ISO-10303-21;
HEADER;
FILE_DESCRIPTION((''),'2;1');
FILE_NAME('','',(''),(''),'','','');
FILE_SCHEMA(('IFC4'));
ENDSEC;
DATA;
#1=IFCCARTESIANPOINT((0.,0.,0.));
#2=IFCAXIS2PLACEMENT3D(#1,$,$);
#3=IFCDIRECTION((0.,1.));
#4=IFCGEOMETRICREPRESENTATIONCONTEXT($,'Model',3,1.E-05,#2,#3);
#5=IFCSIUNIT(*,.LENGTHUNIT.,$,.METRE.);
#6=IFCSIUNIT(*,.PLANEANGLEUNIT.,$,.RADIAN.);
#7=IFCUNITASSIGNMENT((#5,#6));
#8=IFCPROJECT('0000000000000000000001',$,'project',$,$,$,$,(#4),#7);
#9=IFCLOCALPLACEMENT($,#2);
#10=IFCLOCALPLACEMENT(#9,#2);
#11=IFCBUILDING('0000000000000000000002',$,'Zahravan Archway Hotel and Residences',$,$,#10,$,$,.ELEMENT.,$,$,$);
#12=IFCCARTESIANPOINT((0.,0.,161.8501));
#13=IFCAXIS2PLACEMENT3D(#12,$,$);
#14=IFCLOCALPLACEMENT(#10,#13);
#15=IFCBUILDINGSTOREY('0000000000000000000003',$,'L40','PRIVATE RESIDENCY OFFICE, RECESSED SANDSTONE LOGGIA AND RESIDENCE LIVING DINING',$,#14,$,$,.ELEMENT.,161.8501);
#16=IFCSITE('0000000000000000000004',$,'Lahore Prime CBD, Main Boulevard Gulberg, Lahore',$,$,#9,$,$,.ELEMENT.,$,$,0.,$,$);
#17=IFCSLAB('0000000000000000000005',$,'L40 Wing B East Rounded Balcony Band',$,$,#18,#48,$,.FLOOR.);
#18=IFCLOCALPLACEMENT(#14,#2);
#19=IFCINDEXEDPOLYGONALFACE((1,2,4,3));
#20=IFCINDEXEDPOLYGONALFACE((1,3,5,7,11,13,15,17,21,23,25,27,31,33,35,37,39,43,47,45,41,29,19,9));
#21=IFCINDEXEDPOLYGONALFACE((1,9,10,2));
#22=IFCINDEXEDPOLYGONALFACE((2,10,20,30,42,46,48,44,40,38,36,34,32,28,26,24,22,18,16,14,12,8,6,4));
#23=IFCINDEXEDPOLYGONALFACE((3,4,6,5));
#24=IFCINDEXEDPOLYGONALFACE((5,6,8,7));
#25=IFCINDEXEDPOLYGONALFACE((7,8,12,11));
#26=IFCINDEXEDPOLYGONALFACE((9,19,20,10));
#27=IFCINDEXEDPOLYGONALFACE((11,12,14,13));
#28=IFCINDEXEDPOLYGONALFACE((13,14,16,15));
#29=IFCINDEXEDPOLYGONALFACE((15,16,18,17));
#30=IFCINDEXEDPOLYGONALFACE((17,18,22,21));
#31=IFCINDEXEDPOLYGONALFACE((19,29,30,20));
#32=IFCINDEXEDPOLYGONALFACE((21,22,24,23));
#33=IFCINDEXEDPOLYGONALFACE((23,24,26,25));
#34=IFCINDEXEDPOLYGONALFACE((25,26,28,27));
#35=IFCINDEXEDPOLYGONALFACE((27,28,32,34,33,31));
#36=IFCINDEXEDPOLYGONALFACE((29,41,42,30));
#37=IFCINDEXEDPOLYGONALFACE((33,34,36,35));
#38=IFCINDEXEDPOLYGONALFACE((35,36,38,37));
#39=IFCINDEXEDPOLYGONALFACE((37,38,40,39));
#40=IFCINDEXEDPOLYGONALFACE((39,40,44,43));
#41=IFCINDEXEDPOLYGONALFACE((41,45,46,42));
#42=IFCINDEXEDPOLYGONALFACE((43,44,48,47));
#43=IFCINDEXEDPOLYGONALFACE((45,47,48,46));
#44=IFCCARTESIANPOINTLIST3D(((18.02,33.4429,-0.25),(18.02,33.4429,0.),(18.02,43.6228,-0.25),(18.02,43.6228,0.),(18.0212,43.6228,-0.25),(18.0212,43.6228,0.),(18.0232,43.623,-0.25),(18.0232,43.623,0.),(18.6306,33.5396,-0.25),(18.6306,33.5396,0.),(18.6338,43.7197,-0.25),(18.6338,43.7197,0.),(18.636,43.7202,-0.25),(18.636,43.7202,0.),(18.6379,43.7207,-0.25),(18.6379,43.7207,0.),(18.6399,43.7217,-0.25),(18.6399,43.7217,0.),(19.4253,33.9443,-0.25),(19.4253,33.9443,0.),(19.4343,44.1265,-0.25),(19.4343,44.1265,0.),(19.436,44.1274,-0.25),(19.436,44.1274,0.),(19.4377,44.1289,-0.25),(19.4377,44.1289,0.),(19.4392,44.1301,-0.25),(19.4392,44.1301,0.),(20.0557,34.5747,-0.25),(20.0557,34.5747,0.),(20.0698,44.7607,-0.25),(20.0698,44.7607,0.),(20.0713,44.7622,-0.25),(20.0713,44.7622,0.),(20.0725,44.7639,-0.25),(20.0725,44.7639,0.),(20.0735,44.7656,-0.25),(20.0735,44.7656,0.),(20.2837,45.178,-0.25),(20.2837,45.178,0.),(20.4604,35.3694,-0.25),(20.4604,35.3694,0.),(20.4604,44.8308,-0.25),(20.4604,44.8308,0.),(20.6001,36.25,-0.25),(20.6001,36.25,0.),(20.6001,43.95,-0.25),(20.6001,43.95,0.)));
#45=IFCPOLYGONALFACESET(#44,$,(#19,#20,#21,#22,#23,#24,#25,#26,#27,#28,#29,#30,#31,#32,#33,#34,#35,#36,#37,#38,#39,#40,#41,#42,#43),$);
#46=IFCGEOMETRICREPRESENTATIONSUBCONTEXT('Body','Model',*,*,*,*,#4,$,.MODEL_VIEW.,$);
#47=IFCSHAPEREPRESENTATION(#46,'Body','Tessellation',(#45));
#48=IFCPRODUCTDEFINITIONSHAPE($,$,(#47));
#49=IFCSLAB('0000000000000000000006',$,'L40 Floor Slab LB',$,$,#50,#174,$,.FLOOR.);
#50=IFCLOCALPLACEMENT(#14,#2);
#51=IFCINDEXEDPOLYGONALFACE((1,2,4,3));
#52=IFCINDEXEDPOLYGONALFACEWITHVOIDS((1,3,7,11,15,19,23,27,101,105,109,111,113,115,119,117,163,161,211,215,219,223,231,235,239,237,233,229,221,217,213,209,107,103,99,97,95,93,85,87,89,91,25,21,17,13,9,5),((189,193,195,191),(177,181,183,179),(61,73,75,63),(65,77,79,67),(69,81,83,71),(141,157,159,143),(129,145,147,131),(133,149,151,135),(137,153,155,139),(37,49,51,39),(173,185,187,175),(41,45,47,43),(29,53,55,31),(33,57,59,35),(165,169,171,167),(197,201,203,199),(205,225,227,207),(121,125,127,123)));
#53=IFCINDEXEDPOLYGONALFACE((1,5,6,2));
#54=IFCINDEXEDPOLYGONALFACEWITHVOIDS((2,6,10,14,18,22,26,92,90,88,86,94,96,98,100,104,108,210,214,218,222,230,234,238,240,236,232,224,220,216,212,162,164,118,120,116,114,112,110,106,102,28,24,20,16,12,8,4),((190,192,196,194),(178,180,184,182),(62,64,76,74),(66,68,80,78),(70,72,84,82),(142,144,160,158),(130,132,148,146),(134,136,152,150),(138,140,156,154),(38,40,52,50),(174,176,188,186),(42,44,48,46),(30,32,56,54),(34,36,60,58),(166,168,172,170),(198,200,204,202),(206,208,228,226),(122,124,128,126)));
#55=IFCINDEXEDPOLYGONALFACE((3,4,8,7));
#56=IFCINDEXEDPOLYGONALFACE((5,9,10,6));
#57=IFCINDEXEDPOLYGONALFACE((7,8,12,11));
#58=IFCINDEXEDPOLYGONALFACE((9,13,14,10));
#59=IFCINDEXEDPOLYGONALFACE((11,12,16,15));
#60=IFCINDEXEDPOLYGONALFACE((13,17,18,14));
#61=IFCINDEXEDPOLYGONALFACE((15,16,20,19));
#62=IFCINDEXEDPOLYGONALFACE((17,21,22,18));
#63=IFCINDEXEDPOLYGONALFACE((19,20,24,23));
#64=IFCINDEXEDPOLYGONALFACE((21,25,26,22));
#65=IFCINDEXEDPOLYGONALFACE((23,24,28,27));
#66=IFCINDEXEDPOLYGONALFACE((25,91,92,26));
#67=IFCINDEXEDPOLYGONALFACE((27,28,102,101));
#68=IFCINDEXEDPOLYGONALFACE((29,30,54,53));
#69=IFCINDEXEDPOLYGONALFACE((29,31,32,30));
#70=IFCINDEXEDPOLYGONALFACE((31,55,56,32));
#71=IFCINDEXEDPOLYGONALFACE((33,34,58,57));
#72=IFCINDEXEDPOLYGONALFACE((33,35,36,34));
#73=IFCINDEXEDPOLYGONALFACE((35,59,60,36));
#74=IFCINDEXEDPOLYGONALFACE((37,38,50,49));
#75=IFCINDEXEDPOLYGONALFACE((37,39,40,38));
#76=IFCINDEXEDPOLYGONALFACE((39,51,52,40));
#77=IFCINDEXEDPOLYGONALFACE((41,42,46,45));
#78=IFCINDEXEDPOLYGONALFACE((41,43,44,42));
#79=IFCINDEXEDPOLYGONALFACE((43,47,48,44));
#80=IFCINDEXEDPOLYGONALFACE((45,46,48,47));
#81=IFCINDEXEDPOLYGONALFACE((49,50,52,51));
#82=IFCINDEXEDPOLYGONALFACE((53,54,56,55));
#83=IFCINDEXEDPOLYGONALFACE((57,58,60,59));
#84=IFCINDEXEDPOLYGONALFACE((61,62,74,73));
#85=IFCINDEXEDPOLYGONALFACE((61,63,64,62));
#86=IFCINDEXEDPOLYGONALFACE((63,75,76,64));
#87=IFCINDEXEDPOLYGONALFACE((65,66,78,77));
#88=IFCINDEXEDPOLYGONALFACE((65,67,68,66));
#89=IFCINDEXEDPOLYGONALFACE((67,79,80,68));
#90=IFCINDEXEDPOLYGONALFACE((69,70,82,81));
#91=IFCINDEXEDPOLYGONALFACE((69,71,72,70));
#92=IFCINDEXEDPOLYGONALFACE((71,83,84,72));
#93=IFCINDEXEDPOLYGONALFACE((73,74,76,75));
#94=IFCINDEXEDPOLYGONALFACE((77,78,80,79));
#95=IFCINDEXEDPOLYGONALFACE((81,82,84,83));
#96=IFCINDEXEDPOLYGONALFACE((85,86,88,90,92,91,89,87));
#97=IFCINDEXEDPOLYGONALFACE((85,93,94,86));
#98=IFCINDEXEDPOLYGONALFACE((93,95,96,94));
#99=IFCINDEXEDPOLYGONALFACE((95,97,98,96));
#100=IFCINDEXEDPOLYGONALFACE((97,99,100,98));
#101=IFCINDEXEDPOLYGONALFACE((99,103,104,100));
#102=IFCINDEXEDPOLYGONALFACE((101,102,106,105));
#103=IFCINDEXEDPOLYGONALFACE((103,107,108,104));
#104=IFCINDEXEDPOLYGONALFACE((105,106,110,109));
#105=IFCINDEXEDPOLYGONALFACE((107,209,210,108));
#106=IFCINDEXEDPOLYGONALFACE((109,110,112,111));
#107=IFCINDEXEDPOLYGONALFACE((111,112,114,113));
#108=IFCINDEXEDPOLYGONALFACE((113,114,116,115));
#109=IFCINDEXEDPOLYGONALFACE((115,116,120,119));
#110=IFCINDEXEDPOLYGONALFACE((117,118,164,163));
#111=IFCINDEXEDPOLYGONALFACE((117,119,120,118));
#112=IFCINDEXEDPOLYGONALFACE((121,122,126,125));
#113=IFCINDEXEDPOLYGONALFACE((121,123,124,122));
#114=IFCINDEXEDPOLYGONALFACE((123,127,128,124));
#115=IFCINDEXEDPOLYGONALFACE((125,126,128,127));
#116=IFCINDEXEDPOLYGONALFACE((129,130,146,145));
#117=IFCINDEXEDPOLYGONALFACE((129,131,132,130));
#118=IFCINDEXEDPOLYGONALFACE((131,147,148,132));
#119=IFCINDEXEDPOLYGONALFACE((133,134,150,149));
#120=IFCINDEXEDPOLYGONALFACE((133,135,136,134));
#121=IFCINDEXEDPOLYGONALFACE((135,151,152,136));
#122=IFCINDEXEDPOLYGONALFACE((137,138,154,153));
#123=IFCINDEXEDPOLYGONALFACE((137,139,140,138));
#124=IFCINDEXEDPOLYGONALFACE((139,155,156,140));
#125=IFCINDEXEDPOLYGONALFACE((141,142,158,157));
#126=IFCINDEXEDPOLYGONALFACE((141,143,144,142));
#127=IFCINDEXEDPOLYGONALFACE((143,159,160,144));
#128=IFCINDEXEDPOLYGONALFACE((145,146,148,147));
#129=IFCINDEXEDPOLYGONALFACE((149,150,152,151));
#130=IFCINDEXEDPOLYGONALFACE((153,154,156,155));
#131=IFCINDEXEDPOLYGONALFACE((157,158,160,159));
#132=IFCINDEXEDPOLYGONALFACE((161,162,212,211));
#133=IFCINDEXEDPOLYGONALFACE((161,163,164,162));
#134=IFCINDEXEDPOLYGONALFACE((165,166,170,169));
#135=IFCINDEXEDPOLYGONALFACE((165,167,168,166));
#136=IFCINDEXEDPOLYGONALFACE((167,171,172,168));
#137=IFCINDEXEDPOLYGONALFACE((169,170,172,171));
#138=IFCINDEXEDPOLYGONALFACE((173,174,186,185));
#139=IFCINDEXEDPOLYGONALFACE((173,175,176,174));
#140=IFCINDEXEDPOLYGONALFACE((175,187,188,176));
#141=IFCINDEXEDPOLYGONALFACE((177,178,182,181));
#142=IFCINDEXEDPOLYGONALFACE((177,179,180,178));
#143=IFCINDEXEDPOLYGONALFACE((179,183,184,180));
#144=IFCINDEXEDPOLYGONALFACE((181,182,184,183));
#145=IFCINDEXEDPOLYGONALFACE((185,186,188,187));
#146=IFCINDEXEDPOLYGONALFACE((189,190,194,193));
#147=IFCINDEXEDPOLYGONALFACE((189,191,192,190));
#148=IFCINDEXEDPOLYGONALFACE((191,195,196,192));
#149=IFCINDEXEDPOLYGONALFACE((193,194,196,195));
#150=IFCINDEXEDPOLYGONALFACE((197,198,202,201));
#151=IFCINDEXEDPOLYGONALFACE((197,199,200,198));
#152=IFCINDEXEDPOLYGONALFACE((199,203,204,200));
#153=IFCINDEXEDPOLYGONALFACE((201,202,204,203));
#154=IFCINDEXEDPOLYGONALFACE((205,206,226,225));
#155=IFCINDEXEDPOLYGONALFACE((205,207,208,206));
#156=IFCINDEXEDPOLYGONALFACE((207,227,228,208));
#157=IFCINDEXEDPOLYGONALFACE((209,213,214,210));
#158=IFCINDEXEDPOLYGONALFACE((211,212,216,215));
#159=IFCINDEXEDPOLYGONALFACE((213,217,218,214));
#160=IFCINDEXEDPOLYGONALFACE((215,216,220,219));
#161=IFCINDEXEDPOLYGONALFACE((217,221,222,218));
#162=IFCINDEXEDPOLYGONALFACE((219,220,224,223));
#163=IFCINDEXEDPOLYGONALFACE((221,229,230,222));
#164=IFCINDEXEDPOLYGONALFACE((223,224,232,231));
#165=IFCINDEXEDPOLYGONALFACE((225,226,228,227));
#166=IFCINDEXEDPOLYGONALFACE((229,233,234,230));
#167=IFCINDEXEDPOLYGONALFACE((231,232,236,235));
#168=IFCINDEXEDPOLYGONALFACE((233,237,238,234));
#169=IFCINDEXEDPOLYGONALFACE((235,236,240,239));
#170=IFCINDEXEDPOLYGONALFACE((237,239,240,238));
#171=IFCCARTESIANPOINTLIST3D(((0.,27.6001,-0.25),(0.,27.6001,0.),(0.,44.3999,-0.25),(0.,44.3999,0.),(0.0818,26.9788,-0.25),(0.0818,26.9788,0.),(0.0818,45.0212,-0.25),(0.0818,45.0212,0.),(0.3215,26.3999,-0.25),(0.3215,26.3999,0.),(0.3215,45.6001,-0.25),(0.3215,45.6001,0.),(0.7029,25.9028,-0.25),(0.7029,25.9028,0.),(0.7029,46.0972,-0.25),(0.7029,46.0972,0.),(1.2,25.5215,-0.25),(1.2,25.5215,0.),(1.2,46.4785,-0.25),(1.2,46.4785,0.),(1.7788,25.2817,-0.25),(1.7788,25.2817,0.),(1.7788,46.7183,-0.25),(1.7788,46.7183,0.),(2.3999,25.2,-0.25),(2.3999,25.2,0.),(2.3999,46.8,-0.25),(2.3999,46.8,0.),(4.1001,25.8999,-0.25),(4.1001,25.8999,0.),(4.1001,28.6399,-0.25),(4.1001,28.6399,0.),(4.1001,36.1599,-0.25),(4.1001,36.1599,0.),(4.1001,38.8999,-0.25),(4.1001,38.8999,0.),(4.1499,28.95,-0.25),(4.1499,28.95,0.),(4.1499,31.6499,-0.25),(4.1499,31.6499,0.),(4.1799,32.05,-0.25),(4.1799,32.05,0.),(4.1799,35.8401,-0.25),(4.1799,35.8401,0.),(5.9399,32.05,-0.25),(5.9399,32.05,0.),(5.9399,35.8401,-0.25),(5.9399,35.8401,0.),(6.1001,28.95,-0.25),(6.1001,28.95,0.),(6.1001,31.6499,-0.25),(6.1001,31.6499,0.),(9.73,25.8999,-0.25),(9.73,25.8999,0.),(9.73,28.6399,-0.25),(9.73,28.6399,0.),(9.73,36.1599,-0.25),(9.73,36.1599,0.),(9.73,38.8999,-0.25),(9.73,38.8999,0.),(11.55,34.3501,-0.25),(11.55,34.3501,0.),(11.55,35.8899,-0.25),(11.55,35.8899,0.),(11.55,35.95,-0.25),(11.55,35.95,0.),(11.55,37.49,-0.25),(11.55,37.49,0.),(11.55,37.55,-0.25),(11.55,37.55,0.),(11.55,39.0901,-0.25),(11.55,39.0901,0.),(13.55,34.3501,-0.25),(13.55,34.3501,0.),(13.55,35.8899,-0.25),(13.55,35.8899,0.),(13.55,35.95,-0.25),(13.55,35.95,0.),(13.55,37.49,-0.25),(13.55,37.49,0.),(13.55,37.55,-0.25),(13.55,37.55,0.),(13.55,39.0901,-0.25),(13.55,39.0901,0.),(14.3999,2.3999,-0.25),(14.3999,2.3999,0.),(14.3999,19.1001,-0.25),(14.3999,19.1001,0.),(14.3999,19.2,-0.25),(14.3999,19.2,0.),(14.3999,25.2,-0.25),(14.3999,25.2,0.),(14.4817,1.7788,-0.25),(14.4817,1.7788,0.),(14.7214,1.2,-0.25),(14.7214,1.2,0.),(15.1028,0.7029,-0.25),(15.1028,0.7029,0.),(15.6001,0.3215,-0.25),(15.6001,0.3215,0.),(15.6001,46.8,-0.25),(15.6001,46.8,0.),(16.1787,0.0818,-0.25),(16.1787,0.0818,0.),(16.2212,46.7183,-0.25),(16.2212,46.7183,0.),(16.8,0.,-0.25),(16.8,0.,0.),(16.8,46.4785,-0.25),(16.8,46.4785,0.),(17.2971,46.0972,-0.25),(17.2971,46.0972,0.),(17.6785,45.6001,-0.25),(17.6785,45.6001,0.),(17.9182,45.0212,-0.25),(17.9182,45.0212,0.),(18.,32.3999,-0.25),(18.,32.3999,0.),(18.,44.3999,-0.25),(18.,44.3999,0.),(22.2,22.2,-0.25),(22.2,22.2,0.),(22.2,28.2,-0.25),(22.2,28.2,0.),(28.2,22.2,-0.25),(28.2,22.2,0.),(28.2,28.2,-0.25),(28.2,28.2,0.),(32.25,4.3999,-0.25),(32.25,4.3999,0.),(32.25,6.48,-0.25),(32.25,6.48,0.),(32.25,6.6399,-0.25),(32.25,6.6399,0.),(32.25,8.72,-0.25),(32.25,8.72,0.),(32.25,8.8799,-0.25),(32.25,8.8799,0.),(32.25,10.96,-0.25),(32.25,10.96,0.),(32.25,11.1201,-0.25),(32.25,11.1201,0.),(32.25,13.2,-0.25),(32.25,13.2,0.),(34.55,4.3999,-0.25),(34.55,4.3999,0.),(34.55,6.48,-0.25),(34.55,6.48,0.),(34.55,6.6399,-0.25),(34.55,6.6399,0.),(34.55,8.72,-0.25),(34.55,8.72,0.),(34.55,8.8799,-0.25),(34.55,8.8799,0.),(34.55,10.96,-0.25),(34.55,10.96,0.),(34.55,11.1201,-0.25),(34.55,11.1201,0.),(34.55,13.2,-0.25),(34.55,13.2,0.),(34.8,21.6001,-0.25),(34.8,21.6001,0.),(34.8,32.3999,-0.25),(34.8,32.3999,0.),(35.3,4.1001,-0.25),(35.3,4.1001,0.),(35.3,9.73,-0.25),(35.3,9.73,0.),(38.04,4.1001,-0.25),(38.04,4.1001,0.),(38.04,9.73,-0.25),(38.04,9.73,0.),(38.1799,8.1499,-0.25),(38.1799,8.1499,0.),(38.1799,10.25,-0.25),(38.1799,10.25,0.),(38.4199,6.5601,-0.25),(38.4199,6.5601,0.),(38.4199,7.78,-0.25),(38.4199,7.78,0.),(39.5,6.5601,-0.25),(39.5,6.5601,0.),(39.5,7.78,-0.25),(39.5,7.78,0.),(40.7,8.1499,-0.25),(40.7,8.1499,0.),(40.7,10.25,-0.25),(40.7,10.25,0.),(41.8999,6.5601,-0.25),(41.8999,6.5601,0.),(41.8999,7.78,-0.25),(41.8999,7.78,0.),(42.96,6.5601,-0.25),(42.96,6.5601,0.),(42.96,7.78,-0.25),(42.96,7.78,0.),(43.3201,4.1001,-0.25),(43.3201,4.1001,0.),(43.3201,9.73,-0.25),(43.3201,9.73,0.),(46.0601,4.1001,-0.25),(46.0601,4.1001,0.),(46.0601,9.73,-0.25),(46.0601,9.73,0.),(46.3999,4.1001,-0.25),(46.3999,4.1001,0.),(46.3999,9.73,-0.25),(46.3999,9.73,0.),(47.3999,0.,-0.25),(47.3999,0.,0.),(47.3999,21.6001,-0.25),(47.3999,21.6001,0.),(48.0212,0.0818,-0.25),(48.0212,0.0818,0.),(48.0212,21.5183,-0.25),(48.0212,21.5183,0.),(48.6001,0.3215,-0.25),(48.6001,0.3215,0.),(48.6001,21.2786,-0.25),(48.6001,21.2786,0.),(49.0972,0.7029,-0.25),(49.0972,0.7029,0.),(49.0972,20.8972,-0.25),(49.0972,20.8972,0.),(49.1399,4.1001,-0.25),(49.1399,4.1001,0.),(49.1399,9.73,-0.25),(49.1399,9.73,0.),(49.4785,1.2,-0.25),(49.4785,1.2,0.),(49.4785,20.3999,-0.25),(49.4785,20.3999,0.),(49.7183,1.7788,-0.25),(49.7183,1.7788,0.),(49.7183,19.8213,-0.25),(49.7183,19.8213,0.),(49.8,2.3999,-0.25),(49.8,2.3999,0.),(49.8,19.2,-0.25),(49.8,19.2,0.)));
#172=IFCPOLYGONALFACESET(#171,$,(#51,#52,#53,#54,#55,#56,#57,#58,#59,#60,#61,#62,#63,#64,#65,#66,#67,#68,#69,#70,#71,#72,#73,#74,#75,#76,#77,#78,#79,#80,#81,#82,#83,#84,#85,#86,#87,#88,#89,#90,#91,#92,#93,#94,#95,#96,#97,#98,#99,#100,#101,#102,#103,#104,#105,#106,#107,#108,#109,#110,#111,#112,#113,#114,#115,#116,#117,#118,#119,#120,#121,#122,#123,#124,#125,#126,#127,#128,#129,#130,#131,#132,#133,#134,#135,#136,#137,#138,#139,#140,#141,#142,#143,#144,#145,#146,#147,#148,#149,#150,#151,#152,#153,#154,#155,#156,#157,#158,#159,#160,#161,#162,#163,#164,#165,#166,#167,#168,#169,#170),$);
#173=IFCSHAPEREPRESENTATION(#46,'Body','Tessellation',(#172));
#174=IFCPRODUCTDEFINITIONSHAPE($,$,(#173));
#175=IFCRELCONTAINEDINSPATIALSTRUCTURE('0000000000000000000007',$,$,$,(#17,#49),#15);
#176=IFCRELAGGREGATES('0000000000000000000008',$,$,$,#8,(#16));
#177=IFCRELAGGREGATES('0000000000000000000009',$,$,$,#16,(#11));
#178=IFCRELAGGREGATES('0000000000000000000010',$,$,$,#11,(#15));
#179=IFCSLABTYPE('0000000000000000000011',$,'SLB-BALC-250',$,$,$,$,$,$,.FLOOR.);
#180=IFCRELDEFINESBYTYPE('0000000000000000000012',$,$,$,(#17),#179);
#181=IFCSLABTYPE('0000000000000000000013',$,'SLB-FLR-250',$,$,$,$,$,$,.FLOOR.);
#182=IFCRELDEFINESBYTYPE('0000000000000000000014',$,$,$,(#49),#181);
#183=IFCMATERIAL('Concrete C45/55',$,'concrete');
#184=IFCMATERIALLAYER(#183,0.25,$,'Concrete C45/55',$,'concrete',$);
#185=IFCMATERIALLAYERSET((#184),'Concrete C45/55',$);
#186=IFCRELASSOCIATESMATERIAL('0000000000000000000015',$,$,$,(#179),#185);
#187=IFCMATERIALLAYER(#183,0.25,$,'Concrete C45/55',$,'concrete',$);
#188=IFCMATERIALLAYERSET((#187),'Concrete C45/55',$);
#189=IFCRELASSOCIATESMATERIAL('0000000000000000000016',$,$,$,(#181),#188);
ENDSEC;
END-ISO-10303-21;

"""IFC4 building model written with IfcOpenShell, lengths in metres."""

from ifc_helpers import new_model, si_unit, direction, frame, origin, place, context, subcontext, project, spatial, polyline, outline, extrude, material, layer, layer_set, type_object, element, save


model = new_model("IFC4")

# Units and contexts
model_context = context("Model", 3, precision=1e-05, world=origin(), true_north=direction((0.0, 1.0)))
body_context = subcontext(model_context, "Body", "Model", "MODEL_VIEW")
ifc_project = project(units=[si_unit("LENGTHUNIT", "METRE"), si_unit("PLANEANGLEUNIT", "RADIAN")], contexts=[model_context])

# Site, building, storey
site_placement = place(None, origin())
site = spatial("IfcSite", under=ifc_project, at=site_placement, Name="Lahore Prime CBD, Main Boulevard Gulberg, Lahore", CompositionType="ELEMENT", RefElevation=0.0)
building_placement = place(site_placement, origin())
building = spatial("IfcBuilding", under=site, at=building_placement, Name="Zahravan Archway Hotel and Residences", CompositionType="ELEMENT")
storey_placement = place(building_placement, frame((0.0, 0.0, 161.8501)))
storey = spatial("IfcBuildingStorey", under=building, at=storey_placement, Name="L40", Description="PRIVATE RESIDENCY OFFICE, RECESSED SANDSTONE LOGGIA AND RESIDENCE LIVING DINING", CompositionType="ELEMENT", Elevation=161.8501)

# Slabs
ifc_material_1 = material(Name="Concrete C45/55", Category="concrete")
ifc_layer_1 = layer(ifc_material_1, 0.25, Name="Concrete C45/55", Category="concrete")
ifc_layer_set_1 = layer_set([ifc_layer_1], Name="Concrete C45/55")
slab_type_1 = type_object("IfcSlabType", Name="SLB-BALC-250", PredefinedType="FLOOR", material=ifc_layer_set_1)
slab_1_placement = place(storey_placement, frame((0.0, 0.0, -0.25)))
element("IfcSlab", 1, at=slab_1_placement, inside=storey, type_object=slab_type_1, Name="L40 Wing B East Rounded Balcony Band", PredefinedType="FLOOR", context=body_context, shape_type="SweptSolid", body=[
    extrude(outline(polyline([(20.4604, 44.8308), (20.6001, 43.95), (20.6001, 36.25), (20.4604, 35.3694), (20.0557, 34.5747), (19.4253, 33.9443), (18.6306, 33.5396), (18.02, 33.4429), (18.02, 43.6228), (18.0212, 43.6228), (18.0232, 43.623), (18.6338, 43.7197), (18.636, 43.7202), (18.6379, 43.7207), (18.6399, 43.7217), (19.4343, 44.1265), (19.436, 44.1274), (19.4377, 44.1289), (19.4392, 44.1301), (20.0698, 44.7607), (20.0713, 44.7622), (20.0725, 44.7639), (20.0735, 44.7656), (20.2837, 45.178), (20.4604, 44.8308)])), origin(), (0.0, 0.0, 1.0), 0.25),
])
ifc_layer_2 = layer(ifc_material_1, 0.25, Name="Concrete C45/55", Category="concrete")
ifc_layer_set_2 = layer_set([ifc_layer_2], Name="Concrete C45/55")
slab_type_2 = type_object("IfcSlabType", Name="SLB-FLR-250", PredefinedType="FLOOR", material=ifc_layer_set_2)
slab_2_placement = place(storey_placement, frame((0.0, 0.0, -0.25)))
element("IfcSlab", 2, at=slab_2_placement, inside=storey, type_object=slab_type_2, Name="L40 Floor Slab LB", PredefinedType="FLOOR", context=body_context, shape_type="SweptSolid", body=[
    extrude(outline(polyline([(34.8, 21.6001), (34.8, 32.3999), (18.0, 32.3999), (18.0, 44.3999), (17.9182, 45.0212), (17.6785, 45.6001), (17.2971, 46.0972), (16.8, 46.4785), (16.2212, 46.7183), (15.6001, 46.8), (2.3999, 46.8), (1.7788, 46.7183), (1.2, 46.4785), (0.7029, 46.0972), (0.3215, 45.6001), (0.0818, 45.0212), (0.0, 44.3999), (0.0, 27.6001), (0.0818, 26.9788), (0.3215, 26.3999), (0.7029, 25.9028), (1.2, 25.5215), (1.7788, 25.2817), (2.3999, 25.2), (14.3999, 25.2), (14.3999, 19.2), (14.3999, 19.1001), (14.3999, 2.3999), (14.4817, 1.7788), (14.7214, 1.2), (15.1028, 0.7029), (15.6001, 0.3215), (16.1787, 0.0818), (16.8, 0.0), (47.3999, 0.0), (48.0212, 0.0818), (48.6001, 0.3215), (49.0972, 0.7029), (49.4785, 1.2), (49.7183, 1.7788), (49.8, 2.3999), (49.8, 19.2), (49.7183, 19.8213), (49.4785, 20.3999), (49.0972, 20.8972), (48.6001, 21.2786), (48.0212, 21.5183), (47.3999, 21.6001), (34.8, 21.6001)]), holes=[polyline([(35.3, 9.73), (35.3, 4.1001), (38.04, 4.1001), (38.04, 9.73), (35.3, 9.73)]), polyline([(43.3201, 9.73), (43.3201, 4.1001), (46.0601, 4.1001), (46.0601, 9.73), (43.3201, 9.73)]), polyline([(46.3999, 9.73), (46.3999, 4.1001), (49.1399, 4.1001), (49.1399, 9.73), (46.3999, 9.73)]), polyline([(9.73, 28.6399), (4.1001, 28.6399), (4.1001, 25.8999), (9.73, 25.8999), (9.73, 28.6399)]), polyline([(9.73, 38.8999), (4.1001, 38.8999), (4.1001, 36.1599), (9.73, 36.1599), (9.73, 38.8999)]), polyline([(38.1799, 8.1499), (40.7, 8.1499), (40.7, 10.25), (38.1799, 10.25), (38.1799, 8.1499)]), polyline([(4.1499, 28.95), (6.1001, 28.95), (6.1001, 31.6499), (4.1499, 31.6499), (4.1499, 28.95)]), polyline([(11.55, 34.3501), (13.55, 34.3501), (13.55, 35.8899), (11.55, 35.8899), (11.55, 34.3501)]), polyline([(11.55, 35.95), (13.55, 35.95), (13.55, 37.49), (11.55, 37.49), (11.55, 35.95)]), polyline([(11.55, 37.55), (13.55, 37.55), (13.55, 39.0901), (11.55, 39.0901), (11.55, 37.55)]), polyline([(32.25, 4.3999), (34.55, 4.3999), (34.55, 6.48), (32.25, 6.48), (32.25, 4.3999)]), polyline([(32.25, 6.6399), (34.55, 6.6399), (34.55, 8.72), (32.25, 8.72), (32.25, 6.6399)]), polyline([(32.25, 8.8799), (34.55, 8.8799), (34.55, 10.96), (32.25, 10.96), (32.25, 8.8799)]), polyline([(32.25, 11.1201), (34.55, 11.1201), (34.55, 13.2), (32.25, 13.2), (32.25, 11.1201)]), polyline([(22.2, 22.2), (28.2, 22.2), (28.2, 28.2), (22.2, 28.2), (22.2, 22.2)]), polyline([(38.4199, 6.5601), (39.5, 6.5601), (39.5, 7.78), (38.4199, 7.78), (38.4199, 6.5601)]), polyline([(41.8999, 6.5601), (42.96, 6.5601), (42.96, 7.78), (41.8999, 7.78), (41.8999, 6.5601)]), polyline([(4.1799, 32.05), (5.9399, 32.05), (5.9399, 35.8401), (4.1799, 35.8401), (4.1799, 32.05)])]), origin(), (0.0, 0.0, 1.0), 0.25),
])

save(model, "model.ifc")
